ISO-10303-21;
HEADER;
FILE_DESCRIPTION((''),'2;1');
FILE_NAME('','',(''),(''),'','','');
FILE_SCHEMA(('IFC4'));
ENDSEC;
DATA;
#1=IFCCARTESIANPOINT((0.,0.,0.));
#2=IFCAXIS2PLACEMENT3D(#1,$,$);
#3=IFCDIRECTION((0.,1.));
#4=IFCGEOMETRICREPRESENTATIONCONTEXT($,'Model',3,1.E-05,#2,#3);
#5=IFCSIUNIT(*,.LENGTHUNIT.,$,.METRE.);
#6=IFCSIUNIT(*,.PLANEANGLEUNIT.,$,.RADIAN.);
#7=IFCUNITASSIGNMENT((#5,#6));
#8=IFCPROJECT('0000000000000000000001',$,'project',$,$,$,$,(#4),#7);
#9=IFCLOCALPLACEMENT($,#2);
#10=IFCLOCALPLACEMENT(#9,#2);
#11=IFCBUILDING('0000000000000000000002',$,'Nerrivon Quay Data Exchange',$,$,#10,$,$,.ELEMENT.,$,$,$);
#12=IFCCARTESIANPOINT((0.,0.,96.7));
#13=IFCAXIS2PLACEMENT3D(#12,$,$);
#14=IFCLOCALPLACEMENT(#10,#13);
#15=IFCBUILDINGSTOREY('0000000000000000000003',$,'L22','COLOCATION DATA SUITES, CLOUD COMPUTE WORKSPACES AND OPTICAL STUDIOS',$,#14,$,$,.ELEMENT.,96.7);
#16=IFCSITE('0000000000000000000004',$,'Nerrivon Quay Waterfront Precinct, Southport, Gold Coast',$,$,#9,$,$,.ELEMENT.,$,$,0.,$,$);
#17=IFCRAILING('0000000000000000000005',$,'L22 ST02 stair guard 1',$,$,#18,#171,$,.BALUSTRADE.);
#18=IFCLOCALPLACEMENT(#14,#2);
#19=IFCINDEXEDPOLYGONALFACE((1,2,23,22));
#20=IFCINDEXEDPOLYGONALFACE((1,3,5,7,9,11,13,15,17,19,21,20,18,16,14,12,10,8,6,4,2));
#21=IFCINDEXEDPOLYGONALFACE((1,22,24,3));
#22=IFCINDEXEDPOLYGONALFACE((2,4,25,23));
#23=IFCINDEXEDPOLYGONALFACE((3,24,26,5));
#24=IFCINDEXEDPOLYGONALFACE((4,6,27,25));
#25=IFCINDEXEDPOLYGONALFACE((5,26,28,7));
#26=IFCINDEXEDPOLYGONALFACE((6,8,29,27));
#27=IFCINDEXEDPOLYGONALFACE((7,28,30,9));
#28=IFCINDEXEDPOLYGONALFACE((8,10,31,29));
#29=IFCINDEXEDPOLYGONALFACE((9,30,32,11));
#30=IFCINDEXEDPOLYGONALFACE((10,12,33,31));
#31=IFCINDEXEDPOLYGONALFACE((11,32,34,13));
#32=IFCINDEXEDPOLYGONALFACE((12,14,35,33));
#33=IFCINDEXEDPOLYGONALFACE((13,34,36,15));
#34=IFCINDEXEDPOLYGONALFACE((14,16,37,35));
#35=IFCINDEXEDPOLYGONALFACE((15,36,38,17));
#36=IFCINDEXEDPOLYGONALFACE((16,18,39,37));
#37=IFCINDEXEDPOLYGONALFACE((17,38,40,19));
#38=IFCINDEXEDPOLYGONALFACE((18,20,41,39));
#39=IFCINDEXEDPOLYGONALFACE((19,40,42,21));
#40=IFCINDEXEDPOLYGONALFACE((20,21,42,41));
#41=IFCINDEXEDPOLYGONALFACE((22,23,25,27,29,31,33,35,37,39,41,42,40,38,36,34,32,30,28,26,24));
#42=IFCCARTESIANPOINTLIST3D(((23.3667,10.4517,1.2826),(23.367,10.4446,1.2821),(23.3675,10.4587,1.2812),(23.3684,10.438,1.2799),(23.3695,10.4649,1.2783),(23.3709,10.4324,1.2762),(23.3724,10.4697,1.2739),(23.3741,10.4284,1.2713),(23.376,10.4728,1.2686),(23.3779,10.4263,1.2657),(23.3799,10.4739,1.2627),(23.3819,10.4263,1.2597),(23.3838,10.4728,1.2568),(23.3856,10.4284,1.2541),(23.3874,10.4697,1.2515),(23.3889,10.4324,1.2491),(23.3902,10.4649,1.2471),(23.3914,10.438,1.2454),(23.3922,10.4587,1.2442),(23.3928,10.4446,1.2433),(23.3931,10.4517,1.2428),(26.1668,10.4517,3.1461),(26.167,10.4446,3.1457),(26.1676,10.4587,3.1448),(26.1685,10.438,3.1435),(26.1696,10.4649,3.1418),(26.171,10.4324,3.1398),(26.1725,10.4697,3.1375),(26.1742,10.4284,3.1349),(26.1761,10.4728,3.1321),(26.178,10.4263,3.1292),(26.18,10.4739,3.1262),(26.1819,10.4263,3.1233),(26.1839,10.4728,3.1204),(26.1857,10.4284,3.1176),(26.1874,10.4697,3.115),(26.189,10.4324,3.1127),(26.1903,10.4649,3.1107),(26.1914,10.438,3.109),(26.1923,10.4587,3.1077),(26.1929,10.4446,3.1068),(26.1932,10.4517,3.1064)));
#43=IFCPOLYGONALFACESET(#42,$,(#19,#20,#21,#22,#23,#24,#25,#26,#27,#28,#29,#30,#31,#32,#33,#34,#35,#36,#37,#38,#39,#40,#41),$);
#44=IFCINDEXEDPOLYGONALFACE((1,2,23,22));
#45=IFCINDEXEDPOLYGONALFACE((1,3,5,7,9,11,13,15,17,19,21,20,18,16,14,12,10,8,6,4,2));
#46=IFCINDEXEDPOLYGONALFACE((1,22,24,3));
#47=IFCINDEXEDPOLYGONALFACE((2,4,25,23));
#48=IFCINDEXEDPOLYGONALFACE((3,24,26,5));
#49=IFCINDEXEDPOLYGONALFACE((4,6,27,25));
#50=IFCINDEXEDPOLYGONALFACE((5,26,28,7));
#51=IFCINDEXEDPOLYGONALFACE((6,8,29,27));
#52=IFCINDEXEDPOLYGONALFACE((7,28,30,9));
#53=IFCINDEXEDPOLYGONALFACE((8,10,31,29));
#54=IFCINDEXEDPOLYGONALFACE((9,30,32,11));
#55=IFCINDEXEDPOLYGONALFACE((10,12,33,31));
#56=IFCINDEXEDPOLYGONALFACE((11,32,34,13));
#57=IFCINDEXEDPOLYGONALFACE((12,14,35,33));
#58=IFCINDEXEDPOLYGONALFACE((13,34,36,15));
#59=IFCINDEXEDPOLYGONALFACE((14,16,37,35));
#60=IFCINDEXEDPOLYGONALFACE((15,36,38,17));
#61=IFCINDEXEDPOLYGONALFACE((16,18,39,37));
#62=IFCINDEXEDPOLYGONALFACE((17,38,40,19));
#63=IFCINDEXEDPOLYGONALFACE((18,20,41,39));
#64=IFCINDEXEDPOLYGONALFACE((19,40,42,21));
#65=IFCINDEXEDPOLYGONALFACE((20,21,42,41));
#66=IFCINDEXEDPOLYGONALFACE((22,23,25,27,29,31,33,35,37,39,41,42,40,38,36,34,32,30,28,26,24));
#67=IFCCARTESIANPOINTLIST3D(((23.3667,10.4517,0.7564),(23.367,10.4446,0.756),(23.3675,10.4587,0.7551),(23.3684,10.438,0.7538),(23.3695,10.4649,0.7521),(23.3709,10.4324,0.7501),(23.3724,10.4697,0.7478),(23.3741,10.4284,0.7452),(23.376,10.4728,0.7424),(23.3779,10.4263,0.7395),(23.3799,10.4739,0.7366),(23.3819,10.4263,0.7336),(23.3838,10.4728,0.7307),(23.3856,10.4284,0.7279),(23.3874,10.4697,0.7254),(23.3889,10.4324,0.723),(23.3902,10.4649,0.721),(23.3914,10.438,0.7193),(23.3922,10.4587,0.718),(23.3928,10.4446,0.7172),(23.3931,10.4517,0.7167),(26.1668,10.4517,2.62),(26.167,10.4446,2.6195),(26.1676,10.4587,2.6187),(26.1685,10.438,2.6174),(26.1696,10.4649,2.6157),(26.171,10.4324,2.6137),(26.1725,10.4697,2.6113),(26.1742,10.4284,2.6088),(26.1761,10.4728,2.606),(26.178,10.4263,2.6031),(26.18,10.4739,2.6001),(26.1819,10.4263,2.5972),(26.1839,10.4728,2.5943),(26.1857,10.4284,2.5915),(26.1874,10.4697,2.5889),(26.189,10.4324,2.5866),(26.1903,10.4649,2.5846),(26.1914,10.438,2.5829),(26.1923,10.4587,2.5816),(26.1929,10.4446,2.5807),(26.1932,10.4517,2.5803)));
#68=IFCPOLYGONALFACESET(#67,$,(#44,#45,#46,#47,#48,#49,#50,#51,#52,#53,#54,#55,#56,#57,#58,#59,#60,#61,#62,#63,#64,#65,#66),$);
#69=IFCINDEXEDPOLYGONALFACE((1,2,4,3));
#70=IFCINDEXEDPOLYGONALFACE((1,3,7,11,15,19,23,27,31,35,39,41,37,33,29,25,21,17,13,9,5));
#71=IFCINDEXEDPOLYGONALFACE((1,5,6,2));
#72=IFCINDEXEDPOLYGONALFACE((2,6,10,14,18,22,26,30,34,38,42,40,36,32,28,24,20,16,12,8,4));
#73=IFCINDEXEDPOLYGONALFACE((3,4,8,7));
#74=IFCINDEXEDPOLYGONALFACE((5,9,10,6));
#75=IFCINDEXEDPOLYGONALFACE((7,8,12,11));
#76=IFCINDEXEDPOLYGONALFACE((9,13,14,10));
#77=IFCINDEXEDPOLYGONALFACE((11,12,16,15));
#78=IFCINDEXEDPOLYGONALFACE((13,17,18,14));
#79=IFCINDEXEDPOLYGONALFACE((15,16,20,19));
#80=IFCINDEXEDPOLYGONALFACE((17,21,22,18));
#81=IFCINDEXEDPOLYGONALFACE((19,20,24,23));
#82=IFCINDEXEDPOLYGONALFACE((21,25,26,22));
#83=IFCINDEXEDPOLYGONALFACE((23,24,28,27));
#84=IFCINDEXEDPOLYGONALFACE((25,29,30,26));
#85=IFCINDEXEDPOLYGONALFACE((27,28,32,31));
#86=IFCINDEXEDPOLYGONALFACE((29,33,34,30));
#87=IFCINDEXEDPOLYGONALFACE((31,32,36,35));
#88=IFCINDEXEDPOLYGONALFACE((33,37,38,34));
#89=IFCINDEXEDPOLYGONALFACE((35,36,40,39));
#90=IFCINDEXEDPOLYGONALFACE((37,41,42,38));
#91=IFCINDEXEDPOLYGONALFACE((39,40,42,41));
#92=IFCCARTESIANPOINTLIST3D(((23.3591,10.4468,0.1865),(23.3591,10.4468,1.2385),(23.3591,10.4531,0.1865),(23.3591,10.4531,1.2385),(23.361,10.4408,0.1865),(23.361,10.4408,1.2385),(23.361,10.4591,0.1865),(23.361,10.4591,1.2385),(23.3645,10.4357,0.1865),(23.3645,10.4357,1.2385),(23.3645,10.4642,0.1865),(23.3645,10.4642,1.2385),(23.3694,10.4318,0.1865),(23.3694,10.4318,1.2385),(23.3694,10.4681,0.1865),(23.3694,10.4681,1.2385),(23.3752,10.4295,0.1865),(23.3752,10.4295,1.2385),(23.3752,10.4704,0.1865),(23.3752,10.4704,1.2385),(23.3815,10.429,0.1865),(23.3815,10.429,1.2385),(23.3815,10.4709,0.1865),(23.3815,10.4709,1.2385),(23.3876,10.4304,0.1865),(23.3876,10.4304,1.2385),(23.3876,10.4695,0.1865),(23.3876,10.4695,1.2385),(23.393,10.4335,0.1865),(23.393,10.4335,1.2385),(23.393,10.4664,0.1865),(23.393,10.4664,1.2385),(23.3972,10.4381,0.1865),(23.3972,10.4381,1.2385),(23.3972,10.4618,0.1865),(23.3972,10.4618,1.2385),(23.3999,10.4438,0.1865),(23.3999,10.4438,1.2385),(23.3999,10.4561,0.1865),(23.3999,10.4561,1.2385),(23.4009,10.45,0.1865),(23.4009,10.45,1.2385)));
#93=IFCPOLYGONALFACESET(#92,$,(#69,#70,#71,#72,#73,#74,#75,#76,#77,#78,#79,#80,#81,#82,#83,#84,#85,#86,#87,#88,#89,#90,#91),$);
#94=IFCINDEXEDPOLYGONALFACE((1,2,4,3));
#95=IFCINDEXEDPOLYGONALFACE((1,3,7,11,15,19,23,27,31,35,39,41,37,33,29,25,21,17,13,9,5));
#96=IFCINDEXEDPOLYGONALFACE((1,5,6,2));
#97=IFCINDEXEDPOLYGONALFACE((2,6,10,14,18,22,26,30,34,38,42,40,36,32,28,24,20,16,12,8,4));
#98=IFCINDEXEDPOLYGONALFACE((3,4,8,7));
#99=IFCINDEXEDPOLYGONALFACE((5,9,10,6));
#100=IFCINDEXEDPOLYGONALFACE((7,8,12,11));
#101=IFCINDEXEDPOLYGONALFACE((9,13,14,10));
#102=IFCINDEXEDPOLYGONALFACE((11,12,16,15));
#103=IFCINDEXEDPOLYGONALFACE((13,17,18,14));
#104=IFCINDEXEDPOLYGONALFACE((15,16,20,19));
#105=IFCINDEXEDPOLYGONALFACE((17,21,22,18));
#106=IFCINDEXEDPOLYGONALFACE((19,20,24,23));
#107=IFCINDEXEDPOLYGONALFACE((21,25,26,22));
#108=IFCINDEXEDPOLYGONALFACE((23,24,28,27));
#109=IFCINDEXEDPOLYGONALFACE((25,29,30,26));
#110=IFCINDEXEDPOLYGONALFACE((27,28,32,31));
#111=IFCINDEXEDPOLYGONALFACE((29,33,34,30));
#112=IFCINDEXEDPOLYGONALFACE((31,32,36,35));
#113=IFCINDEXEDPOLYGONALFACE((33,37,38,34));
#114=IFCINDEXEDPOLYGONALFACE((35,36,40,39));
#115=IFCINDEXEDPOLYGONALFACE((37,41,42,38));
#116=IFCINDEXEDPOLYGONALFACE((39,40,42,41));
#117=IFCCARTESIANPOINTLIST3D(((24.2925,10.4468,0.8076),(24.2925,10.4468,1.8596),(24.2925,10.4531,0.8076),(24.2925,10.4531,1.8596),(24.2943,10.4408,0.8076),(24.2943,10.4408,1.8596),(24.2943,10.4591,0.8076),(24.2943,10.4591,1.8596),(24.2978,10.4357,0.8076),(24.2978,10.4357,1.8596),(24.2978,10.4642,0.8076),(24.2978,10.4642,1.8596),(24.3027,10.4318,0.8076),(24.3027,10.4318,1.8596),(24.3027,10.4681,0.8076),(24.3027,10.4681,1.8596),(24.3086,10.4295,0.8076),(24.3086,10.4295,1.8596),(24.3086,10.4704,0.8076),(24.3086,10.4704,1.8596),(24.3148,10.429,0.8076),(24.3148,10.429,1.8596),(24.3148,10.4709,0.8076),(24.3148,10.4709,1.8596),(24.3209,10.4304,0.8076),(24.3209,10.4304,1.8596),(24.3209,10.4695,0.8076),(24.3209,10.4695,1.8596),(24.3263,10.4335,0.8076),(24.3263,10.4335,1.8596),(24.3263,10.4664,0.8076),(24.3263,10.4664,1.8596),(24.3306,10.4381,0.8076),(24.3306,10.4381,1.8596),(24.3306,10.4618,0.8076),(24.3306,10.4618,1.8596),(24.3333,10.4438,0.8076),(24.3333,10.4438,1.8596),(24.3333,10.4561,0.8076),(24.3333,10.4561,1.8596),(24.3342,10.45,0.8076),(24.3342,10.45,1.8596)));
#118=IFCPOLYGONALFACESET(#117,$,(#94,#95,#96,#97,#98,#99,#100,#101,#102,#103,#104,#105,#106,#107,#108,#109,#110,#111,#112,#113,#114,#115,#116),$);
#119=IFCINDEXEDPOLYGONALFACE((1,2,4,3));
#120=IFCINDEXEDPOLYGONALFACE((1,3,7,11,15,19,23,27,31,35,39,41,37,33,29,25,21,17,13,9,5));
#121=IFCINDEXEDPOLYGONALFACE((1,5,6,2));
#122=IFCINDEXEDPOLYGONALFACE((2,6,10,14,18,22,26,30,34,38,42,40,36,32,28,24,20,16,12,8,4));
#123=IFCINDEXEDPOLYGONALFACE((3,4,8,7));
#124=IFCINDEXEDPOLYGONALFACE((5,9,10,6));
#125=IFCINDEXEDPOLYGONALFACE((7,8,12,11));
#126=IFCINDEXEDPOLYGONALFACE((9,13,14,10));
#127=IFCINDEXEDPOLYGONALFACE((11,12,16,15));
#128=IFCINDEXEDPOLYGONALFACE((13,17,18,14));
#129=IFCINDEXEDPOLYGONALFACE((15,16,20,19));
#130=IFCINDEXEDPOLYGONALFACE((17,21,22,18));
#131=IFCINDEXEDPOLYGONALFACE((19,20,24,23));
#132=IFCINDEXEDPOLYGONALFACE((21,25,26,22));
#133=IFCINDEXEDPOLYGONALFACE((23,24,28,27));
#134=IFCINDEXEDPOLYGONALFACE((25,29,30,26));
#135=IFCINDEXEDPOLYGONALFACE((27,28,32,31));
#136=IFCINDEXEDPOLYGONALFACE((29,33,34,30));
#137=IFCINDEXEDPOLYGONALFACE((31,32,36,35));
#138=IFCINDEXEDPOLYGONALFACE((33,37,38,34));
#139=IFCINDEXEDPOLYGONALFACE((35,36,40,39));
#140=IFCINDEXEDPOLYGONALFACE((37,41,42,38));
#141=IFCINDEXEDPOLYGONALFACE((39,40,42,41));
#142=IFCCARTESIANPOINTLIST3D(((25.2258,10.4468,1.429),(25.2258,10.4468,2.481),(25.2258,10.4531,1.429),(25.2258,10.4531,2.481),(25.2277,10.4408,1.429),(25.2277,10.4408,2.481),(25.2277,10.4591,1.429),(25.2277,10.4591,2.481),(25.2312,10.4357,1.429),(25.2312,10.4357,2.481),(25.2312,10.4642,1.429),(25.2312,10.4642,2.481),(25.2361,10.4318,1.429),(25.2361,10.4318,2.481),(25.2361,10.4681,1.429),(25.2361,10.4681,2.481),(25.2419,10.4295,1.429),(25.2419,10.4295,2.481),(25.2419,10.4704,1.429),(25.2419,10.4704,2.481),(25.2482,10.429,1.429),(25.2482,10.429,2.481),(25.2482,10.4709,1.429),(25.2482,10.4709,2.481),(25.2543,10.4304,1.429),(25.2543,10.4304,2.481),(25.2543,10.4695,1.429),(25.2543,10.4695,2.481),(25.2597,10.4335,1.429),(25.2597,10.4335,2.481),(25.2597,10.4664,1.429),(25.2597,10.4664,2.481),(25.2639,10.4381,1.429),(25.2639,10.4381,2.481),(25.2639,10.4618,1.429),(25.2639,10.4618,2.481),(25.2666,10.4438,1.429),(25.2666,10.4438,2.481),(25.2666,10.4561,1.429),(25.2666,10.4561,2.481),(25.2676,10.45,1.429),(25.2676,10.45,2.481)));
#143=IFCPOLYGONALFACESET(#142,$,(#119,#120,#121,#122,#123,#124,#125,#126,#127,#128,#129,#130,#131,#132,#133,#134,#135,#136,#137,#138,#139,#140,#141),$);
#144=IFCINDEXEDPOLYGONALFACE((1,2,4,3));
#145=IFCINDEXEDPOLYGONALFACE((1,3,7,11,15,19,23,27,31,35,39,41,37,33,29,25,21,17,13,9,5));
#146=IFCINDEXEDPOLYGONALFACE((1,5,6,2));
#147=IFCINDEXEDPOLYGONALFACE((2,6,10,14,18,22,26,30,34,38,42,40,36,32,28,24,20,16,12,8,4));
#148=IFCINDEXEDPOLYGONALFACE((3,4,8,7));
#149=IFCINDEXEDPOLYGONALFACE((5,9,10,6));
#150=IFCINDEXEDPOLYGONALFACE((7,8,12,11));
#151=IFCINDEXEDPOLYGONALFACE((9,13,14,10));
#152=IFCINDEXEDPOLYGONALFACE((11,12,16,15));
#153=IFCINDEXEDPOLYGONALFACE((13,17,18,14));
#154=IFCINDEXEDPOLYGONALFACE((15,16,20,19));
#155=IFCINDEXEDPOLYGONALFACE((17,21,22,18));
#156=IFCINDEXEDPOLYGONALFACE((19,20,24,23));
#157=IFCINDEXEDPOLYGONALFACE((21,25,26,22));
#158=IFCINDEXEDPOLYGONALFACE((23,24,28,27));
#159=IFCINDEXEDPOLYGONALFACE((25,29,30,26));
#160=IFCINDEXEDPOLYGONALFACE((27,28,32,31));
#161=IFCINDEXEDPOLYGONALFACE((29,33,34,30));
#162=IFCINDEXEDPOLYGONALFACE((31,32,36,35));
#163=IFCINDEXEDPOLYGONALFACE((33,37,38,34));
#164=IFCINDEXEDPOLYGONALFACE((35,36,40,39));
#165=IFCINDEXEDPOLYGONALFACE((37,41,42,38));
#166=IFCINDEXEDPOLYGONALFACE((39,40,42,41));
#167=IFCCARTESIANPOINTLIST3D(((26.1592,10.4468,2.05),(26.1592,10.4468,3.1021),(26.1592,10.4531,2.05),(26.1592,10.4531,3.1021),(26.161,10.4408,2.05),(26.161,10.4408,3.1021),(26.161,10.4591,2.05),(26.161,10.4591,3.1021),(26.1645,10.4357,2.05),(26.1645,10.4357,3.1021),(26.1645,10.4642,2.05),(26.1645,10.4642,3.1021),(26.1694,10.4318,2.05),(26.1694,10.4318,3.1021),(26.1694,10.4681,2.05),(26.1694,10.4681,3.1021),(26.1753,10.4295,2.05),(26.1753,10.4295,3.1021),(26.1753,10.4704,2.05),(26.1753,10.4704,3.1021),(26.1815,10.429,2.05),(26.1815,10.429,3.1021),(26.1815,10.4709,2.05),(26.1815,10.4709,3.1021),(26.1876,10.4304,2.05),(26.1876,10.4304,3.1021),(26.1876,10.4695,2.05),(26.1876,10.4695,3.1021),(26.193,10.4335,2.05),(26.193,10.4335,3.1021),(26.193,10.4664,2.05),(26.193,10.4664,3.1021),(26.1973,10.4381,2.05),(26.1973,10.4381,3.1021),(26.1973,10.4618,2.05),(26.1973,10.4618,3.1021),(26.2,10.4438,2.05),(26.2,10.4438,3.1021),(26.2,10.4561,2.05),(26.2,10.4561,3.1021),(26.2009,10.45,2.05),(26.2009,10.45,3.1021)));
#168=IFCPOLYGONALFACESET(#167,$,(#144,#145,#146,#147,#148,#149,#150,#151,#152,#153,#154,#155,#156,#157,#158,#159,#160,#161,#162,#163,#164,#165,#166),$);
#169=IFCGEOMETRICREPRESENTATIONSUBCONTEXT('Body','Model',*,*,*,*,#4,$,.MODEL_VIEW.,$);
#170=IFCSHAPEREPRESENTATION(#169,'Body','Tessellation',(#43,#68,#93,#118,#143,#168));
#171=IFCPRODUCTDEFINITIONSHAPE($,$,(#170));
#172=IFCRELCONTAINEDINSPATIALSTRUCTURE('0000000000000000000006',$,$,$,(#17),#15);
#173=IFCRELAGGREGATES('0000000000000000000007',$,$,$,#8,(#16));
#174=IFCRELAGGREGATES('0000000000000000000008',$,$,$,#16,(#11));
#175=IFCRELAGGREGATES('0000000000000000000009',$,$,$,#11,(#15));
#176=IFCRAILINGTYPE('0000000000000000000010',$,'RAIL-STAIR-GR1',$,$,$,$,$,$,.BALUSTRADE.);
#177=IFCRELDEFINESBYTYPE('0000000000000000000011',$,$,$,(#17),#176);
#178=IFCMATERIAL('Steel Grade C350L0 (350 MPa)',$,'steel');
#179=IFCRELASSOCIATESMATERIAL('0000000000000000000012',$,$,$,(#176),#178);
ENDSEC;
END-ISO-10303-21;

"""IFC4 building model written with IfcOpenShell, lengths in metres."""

from ifc_helpers import new_model, si_unit, direction, frame, origin, origin_2d, place, context, subcontext, project, spatial, circle, extrude, material, type_object, element, save


model = new_model("IFC4")

# Units and contexts
model_context = context("Model", 3, precision=1e-05, world=origin(), true_north=direction((0.0, 1.0)))
body_context = subcontext(model_context, "Body", "Model", "MODEL_VIEW")
ifc_project = project(units=[si_unit("LENGTHUNIT", "METRE"), si_unit("PLANEANGLEUNIT", "RADIAN")], contexts=[model_context])

# Site, building, storey
site_placement = place(None, origin())
site = spatial("IfcSite", under=ifc_project, at=site_placement, Name="Nerrivon Quay Waterfront Precinct, Southport, Gold Coast", CompositionType="ELEMENT", RefElevation=0.0)
building_placement = place(site_placement, origin())
building = spatial("IfcBuilding", under=site, at=building_placement, Name="Nerrivon Quay Data Exchange", CompositionType="ELEMENT")
storey_placement = place(building_placement, frame((0.0, 0.0, 96.7)))
storey = spatial("IfcBuildingStorey", under=building, at=storey_placement, Name="L22", Description="COLOCATION DATA SUITES, CLOUD COMPUTE WORKSPACES AND OPTICAL STUDIOS", CompositionType="ELEMENT", Elevation=96.7)

# Railing
ifc_material_1 = material(Name="Steel Grade C350L0 (350 MPa)", Category="steel")
railing_type_1 = type_object("IfcRailingType", Name="RAIL-STAIR-GR1", PredefinedType="BALUSTRADE", material=ifc_material_1)
railing_1_placement = place(storey_placement, frame((23.3799, 10.45, 0.1865)))
element("IfcRailing", 1, at=railing_1_placement, inside=storey, type_object=railing_type_1, Name="L22 ST02 stair guard 1", PredefinedType="BALUSTRADE", context=body_context, shape_type="SweptSolid", body=[
    extrude(circle(Radius=0.0239, at=origin_2d()), frame((0.0, 0.0, 1.0762), z_axis=(0.832486, 0.0, 0.554047), x_axis=(0.0, 1.0, 0.0)), (0.0, 0.0, 1.0), 3.3635),
    extrude(circle(Radius=0.0239, at=origin_2d()), frame((0.0, 0.0, 0.55), z_axis=(0.832486, 0.0, 0.554047), x_axis=(0.0, 1.0, 0.0)), (0.0, 0.0, 1.0), 3.3635),
    extrude(circle(Radius=0.021, at=origin_2d()), origin(), (0.0, 0.0, 1.0), 1.052),
    extrude(circle(Radius=0.021, at=origin_2d()), frame((0.9333, 0.0, 0.6211)), (0.0, 0.0, 1.0), 1.052),
    extrude(circle(Radius=0.021, at=origin_2d()), frame((1.8667, 0.0, 1.2424)), (0.0, 0.0, 1.0), 1.052),
    extrude(circle(Radius=0.021, at=origin_2d()), frame((2.8, 0.0, 1.8635)), (0.0, 0.0, 1.0), 1.052),
])

save(model, "model.ifc")
